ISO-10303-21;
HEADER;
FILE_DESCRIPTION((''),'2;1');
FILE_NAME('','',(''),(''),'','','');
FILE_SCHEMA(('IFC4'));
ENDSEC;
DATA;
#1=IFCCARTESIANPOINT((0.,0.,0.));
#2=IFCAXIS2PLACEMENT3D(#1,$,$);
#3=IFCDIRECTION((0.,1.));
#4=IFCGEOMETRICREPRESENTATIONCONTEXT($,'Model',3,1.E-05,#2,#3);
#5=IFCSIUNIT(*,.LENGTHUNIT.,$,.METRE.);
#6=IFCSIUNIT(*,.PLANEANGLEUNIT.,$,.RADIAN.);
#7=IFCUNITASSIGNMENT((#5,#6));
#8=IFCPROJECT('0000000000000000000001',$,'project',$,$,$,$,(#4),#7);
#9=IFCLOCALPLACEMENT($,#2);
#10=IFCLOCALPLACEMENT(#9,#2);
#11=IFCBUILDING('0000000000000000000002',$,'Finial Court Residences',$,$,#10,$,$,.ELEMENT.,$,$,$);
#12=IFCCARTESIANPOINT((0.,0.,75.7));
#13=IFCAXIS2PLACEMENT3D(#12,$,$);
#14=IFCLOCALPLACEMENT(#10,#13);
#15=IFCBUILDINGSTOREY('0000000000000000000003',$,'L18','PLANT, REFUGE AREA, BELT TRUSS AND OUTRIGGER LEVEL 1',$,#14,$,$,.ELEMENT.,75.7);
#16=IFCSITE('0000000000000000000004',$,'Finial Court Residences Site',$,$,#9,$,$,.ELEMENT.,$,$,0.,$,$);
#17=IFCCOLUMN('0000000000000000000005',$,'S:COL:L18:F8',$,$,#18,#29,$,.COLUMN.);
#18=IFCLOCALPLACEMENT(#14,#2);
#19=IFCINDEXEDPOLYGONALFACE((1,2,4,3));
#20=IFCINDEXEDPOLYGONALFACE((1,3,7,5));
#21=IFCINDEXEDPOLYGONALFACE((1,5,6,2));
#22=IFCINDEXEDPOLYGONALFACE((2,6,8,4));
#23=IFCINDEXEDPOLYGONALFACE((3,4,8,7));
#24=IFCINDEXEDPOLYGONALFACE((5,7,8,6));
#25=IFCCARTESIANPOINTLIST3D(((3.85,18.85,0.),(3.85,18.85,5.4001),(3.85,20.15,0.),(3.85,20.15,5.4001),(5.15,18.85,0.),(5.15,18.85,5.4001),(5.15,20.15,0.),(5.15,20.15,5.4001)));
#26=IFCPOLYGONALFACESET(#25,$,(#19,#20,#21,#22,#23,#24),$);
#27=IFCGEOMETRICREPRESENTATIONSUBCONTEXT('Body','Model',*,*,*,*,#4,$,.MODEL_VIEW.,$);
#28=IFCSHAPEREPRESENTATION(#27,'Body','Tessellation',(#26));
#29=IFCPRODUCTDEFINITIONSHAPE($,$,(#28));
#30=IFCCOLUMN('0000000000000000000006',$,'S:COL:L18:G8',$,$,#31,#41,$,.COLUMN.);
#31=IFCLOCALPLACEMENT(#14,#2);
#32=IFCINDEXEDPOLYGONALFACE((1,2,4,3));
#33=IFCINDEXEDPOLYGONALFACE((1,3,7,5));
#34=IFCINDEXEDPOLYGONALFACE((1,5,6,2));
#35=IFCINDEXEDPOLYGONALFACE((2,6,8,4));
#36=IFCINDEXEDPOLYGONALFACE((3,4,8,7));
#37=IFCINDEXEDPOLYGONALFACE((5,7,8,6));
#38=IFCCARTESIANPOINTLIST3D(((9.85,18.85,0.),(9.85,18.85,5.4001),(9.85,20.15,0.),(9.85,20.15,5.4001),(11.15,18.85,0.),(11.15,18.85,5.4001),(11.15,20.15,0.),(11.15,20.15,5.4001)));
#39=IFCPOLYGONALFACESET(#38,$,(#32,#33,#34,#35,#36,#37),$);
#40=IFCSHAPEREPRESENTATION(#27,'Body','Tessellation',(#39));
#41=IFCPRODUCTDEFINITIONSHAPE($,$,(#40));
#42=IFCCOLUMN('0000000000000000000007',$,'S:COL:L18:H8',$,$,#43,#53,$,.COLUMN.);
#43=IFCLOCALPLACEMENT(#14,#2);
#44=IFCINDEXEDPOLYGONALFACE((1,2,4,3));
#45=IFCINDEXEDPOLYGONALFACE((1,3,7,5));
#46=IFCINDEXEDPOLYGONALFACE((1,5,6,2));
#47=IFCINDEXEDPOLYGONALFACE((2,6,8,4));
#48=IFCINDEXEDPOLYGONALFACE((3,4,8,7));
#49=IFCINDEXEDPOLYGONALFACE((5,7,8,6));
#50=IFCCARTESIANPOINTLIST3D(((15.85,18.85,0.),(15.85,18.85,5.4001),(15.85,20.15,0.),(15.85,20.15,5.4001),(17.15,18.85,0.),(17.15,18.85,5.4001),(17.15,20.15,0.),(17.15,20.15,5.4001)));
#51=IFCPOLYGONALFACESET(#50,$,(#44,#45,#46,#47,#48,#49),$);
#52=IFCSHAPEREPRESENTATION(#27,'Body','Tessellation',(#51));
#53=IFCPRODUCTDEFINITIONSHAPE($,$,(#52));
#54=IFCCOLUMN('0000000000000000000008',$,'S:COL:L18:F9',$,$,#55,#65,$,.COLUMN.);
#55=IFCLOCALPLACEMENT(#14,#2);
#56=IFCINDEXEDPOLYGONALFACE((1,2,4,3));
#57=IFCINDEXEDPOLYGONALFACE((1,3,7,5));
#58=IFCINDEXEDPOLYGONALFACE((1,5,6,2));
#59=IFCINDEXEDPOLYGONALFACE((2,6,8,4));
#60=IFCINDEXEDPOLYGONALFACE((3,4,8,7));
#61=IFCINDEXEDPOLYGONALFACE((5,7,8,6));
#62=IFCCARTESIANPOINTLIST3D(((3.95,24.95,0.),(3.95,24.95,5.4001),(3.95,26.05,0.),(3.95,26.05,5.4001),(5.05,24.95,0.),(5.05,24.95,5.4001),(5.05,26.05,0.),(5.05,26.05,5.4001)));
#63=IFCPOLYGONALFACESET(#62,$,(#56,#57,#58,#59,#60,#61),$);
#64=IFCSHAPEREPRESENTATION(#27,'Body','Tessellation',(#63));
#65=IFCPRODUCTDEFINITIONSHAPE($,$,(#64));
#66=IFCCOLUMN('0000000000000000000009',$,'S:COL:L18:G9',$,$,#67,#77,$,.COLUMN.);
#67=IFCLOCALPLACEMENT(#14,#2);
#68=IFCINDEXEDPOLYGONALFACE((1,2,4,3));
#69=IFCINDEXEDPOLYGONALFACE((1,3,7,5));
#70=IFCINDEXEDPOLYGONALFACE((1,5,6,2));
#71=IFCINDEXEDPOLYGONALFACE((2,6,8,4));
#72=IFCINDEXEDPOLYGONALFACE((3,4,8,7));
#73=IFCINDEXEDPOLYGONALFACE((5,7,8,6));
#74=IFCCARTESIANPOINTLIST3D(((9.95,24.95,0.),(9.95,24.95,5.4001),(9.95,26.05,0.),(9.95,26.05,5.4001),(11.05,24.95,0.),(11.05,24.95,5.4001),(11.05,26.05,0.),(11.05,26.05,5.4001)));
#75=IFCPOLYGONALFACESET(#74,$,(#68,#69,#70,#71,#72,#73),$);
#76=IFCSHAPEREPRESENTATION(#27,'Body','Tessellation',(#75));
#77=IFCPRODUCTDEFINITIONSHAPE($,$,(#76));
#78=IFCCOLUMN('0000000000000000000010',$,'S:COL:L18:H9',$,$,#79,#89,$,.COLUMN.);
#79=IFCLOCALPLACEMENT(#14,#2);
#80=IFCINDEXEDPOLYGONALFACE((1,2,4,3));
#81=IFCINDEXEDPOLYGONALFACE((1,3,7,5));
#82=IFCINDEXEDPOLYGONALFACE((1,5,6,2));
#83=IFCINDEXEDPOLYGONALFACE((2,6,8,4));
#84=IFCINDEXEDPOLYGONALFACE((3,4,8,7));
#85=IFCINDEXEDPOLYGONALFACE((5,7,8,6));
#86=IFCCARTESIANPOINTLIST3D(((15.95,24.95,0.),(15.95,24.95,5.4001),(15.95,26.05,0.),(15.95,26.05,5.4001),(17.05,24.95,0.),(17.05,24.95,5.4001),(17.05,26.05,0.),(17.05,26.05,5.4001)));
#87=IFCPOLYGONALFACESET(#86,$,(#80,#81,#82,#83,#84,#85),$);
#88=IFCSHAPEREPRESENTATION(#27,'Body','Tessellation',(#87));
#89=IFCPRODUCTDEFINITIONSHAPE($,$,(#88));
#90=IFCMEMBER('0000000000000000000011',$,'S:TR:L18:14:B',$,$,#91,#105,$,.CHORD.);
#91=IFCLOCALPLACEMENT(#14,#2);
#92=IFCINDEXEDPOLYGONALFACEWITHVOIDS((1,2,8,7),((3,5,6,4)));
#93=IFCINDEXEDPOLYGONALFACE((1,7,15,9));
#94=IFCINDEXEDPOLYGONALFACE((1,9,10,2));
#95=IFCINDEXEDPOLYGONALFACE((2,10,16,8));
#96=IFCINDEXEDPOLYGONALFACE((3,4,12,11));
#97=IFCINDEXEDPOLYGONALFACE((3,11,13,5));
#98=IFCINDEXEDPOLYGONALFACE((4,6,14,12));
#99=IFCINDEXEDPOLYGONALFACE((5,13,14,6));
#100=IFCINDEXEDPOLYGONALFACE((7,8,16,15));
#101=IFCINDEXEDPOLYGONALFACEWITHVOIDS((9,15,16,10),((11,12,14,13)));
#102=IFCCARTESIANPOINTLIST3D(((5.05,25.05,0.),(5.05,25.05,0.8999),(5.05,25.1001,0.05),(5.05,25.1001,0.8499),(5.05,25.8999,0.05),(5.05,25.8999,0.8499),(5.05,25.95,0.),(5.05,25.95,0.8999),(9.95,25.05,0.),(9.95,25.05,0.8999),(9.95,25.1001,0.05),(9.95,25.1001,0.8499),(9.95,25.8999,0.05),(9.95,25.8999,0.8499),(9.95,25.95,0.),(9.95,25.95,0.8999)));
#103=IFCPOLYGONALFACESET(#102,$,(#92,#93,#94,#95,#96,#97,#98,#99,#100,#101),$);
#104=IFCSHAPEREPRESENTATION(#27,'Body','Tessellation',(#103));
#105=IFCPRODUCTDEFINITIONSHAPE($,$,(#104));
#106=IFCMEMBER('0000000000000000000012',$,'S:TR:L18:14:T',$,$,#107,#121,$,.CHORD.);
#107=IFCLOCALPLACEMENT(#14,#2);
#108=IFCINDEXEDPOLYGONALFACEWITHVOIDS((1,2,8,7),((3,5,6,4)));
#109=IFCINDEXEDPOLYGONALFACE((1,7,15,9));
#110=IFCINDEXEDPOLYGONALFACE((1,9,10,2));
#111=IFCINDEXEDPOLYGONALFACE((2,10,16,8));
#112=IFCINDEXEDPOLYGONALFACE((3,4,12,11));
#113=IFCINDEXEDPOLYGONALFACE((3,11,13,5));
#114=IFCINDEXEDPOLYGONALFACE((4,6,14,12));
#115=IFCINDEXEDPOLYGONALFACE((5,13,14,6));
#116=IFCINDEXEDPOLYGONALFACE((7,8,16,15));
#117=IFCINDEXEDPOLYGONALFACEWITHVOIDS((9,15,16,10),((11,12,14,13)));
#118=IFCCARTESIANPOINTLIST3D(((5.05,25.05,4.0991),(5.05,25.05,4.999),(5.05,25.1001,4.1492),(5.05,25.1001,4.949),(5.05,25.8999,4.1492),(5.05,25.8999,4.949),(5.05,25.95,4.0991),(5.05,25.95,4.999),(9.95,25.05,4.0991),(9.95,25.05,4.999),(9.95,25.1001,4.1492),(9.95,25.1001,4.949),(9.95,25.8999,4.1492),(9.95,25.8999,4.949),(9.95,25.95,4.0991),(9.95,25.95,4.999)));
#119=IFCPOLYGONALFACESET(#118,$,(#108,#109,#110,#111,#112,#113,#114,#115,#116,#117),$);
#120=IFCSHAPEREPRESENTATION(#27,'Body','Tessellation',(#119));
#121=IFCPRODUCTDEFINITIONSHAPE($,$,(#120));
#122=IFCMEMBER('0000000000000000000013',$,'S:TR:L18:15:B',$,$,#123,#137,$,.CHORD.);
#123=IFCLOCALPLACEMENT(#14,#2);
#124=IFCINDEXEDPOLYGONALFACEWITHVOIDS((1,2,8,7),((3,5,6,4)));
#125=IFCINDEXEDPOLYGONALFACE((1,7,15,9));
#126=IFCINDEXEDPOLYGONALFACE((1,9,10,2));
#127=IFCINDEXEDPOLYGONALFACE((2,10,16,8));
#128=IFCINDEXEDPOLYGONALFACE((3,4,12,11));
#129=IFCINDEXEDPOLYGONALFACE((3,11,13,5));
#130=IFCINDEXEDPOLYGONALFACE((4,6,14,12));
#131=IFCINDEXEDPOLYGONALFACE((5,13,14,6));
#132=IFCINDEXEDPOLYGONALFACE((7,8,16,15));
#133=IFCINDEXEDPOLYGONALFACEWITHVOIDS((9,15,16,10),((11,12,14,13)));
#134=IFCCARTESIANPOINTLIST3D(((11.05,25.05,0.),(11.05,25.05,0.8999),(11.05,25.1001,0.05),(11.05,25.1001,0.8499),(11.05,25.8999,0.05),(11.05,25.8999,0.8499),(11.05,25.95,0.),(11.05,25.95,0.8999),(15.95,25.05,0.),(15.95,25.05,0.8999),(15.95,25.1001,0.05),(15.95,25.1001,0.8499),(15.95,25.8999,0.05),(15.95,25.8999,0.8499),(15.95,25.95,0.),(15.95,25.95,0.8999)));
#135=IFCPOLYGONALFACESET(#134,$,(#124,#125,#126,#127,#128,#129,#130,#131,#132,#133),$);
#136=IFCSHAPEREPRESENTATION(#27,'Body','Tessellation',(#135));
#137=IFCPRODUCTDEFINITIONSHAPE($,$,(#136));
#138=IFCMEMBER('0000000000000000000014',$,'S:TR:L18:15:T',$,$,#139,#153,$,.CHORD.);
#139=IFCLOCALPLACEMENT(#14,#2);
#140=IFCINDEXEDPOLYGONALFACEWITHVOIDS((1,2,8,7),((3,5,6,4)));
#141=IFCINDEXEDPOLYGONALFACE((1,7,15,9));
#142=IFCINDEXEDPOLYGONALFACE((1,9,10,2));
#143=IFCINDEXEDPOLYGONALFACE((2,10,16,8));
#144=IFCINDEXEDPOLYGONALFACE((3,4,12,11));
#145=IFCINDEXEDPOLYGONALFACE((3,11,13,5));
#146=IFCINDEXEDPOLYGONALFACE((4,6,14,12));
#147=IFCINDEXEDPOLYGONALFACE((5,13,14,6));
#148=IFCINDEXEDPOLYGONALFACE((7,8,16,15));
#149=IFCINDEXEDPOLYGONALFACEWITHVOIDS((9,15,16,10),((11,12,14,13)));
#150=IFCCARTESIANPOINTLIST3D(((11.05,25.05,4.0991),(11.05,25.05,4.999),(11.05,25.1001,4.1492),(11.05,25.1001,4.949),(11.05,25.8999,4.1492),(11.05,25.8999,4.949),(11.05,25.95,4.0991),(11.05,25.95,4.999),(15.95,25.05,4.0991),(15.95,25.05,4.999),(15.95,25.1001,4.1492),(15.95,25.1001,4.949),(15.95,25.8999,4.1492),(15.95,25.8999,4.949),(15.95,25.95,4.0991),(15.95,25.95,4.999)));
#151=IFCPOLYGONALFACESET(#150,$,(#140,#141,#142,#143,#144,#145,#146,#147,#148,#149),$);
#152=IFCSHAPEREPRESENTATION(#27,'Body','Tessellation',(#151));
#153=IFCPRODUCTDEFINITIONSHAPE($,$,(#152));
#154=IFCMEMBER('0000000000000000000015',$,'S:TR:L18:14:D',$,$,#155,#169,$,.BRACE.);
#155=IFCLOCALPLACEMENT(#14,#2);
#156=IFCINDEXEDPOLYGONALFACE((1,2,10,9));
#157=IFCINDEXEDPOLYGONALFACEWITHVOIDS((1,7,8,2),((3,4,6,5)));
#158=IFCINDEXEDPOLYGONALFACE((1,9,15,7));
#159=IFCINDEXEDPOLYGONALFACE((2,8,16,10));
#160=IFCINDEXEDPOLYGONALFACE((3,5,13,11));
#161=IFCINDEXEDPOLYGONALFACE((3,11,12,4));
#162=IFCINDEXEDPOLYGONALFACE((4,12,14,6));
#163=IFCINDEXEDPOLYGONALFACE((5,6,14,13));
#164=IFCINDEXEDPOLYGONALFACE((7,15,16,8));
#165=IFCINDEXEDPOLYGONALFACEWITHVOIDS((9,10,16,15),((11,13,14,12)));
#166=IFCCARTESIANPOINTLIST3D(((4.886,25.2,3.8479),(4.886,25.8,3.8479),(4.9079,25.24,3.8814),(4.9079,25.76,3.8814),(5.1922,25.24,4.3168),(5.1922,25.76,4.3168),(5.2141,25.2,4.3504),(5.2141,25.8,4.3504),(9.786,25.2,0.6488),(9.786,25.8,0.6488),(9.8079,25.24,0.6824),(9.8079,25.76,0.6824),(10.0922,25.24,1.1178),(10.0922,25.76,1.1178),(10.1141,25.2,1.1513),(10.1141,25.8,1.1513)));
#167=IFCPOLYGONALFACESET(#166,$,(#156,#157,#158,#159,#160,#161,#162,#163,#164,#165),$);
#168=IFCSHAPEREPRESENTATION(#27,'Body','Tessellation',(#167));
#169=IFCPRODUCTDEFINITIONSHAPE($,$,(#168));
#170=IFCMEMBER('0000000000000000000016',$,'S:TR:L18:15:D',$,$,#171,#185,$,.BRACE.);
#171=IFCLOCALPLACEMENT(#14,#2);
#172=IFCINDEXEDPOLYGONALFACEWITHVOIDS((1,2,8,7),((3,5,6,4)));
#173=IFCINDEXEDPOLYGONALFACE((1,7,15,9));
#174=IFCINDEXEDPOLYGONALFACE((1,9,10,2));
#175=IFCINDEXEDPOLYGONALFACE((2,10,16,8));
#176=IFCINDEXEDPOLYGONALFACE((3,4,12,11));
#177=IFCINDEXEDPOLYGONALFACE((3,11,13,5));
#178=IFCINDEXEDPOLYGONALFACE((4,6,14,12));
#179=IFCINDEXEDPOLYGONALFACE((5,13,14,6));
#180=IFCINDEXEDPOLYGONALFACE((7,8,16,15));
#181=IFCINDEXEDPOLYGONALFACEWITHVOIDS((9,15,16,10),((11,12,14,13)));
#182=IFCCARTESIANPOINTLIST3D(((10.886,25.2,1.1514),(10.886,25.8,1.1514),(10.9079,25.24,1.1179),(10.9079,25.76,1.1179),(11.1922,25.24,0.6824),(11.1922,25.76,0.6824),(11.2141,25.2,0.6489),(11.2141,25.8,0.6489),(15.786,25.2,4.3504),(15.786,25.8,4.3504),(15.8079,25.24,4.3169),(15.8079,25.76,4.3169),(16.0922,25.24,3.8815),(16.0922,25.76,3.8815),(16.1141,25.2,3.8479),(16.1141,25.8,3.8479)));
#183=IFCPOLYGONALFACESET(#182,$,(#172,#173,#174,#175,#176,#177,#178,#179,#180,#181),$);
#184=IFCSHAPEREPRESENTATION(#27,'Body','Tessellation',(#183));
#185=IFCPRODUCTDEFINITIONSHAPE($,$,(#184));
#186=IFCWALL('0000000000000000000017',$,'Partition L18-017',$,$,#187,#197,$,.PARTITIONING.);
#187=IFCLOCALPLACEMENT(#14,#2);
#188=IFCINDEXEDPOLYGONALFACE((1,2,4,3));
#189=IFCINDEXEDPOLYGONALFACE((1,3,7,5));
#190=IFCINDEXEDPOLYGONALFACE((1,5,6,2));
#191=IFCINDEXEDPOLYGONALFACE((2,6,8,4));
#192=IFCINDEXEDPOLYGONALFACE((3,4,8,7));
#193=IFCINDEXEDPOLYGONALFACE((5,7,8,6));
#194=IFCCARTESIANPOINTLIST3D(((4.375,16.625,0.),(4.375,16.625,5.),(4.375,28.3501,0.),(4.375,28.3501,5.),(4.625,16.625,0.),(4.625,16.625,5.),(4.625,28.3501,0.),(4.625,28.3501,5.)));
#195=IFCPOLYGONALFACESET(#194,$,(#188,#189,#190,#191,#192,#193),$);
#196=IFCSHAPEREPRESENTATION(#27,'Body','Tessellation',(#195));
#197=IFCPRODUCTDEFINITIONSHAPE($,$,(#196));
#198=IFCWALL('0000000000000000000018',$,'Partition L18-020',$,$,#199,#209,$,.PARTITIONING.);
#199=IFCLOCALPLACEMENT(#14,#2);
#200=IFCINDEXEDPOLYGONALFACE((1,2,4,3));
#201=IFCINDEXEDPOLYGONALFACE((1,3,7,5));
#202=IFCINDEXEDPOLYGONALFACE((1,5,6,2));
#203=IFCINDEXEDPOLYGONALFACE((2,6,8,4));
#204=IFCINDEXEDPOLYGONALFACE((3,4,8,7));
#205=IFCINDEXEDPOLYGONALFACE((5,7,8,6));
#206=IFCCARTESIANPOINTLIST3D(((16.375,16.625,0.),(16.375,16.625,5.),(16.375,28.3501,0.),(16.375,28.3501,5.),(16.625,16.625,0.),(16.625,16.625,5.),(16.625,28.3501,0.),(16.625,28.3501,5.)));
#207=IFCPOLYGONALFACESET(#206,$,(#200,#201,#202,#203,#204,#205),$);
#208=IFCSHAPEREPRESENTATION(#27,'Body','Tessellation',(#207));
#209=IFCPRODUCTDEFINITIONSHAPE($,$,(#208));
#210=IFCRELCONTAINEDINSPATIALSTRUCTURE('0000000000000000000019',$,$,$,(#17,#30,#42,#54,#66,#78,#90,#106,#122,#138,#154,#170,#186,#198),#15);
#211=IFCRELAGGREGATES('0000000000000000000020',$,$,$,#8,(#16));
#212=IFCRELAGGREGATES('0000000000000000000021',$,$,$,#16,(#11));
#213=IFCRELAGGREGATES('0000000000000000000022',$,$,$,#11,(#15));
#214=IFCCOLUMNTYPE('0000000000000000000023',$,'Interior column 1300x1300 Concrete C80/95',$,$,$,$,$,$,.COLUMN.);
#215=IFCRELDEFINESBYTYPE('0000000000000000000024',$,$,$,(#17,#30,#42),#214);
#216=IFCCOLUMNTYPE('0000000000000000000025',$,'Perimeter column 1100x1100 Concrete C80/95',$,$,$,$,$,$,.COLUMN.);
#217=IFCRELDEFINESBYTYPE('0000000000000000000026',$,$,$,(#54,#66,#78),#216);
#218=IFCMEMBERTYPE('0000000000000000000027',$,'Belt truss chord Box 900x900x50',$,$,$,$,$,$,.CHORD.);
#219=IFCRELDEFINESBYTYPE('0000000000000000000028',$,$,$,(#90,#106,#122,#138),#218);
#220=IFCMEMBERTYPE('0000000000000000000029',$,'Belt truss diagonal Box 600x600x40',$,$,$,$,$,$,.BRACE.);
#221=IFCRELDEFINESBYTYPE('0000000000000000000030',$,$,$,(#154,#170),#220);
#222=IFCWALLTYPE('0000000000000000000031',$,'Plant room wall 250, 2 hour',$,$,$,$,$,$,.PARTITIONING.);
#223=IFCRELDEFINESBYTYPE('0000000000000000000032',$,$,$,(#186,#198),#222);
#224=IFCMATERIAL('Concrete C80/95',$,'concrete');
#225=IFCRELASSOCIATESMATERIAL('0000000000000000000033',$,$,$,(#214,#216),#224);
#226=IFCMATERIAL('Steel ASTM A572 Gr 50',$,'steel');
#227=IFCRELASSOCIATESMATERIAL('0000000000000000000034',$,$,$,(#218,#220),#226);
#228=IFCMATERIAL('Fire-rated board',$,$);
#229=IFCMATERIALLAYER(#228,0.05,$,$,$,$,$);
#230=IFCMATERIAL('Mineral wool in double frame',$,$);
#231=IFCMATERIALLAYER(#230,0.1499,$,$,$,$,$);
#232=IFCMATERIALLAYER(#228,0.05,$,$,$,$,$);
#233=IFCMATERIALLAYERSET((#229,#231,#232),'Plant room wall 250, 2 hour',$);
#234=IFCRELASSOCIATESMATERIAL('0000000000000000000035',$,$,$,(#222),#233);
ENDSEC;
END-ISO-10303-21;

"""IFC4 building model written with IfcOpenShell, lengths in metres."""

from ifc_helpers import new_model, si_unit, direction, frame, frame_2d, origin, origin_2d, place, context, subcontext, project, spatial, rectangle, hollow_rectangle, extrude, material, layer, layer_set, material_profile, profile_set, type_object, element, save


model = new_model("IFC4")

# Units and contexts
model_context = context("Model", 3, precision=1e-05, world=origin(), true_north=direction((0.0, 1.0)))
body_context = subcontext(model_context, "Body", "Model", "MODEL_VIEW")
ifc_project = project(units=[si_unit("LENGTHUNIT", "METRE"), si_unit("PLANEANGLEUNIT", "RADIAN")], contexts=[model_context])

# Site, building, storey
site_placement = place(None, origin())
site = spatial("IfcSite", under=ifc_project, at=site_placement, Name="Finial Court Residences Site", CompositionType="ELEMENT", RefElevation=0.0)
building_placement = place(site_placement, origin())
building = spatial("IfcBuilding", under=site, at=building_placement, Name="Finial Court Residences", CompositionType="ELEMENT")
storey_placement = place(building_placement, frame((0.0, 0.0, 75.7)))
storey = spatial("IfcBuildingStorey", under=building, at=storey_placement, Name="L18", Description="PLANT, REFUGE AREA, BELT TRUSS AND OUTRIGGER LEVEL 1", CompositionType="ELEMENT", Elevation=75.7)

# Columns
ifc_material_1 = material(Name="Concrete C80/95", Category="concrete")
ifc_material_profile_1 = material_profile(ifc_material_1, rectangle(XDim=1.3, YDim=1.3, at=origin_2d()), Name="1300x1300")
ifc_profile_set_1 = profile_set([ifc_material_profile_1], Name="Concrete C80/95")
column_type_1 = type_object("IfcColumnType", Name="Interior column 1300x1300 Concrete C80/95", PredefinedType="COLUMN", material=ifc_profile_set_1)
for number, where, z_axis, x_axis, name in (
    (1, (4.5, 19.5, 0.0), (0.0, 0.0, 1.0), (1.0, 0.0, 0.0), "S:COL:L18:F8"),
    (2, (10.5, 19.5, 0.0), (0.0, 0.0, 1.0), (1.0, 0.0, 0.0), "S:COL:L18:G8"),
    (3, (16.5, 19.5, 0.0), (0.0, 0.0, 1.0), (1.0, 0.0, 0.0), "S:COL:L18:H8"),
):
    element("IfcColumn", number, at=place(storey_placement, frame(where, z_axis=z_axis, x_axis=x_axis)), inside=storey, type_object=column_type_1, Name=name, PredefinedType="COLUMN", context=body_context, shape_type="SweptSolid", body=[
        extrude(rectangle(XDim=1.3, YDim=1.3, at=origin_2d()), origin(), (0.0, 0.0, 1.0), 5.4001),
    ])
ifc_material_profile_2 = material_profile(ifc_material_1, rectangle(XDim=1.1001, YDim=1.1001, at=origin_2d()), Name="1100x1100")
ifc_profile_set_2 = profile_set([ifc_material_profile_2], Name="Concrete C80/95")
column_type_2 = type_object("IfcColumnType", Name="Perimeter column 1100x1100 Concrete C80/95", PredefinedType="COLUMN", material=ifc_profile_set_2)
for number, where, z_axis, x_axis, name in (
    (4, (4.5, 25.5, 0.0), (0.0, 0.0, 1.0), (1.0, 0.0, 0.0), "S:COL:L18:F9"),
    (5, (10.5, 25.5, 0.0), (0.0, 0.0, 1.0), (1.0, 0.0, 0.0), "S:COL:L18:G9"),
    (6, (16.5, 25.5, 0.0), (0.0, 0.0, 1.0), (1.0, 0.0, 0.0), "S:COL:L18:H9"),
):
    element("IfcColumn", number, at=place(storey_placement, frame(where, z_axis=z_axis, x_axis=x_axis)), inside=storey, type_object=column_type_2, Name=name, PredefinedType="COLUMN", context=body_context, shape_type="SweptSolid", body=[
        extrude(rectangle(XDim=1.1001, YDim=1.1001, at=origin_2d()), origin(), (0.0, 0.0, 1.0), 5.4001),
    ])

# Members
ifc_material_2 = material(Name="Steel ASTM A572 Gr 50", Category="steel")
ifc_material_profile_3 = material_profile(ifc_material_2, hollow_rectangle(XDim=0.8999, YDim=0.8999, WallThickness=0.05, at=origin_2d()), Name="Box 900x900x50")
ifc_profile_set_3 = profile_set([ifc_material_profile_3], Name="Steel ASTM A572 Gr 50")
member_type_1 = type_object("IfcMemberType", Name="Belt truss chord Box 900x900x50", PredefinedType="CHORD", material=ifc_profile_set_3)
for number, where, z_axis, x_axis, name in (
    (7, (5.05, 25.5, 0.45), (1.0, 0.0, 0.0), (0.0, 1.0, 0.0), "S:TR:L18:14:B"),
    (8, (5.05, 25.5, 4.5491), (1.0, 0.0, 0.0), (0.0, 1.0, 0.0), "S:TR:L18:14:T"),
    (9, (11.05, 25.5, 0.45), (1.0, 0.0, 0.0), (0.0, 1.0, 0.0), "S:TR:L18:15:B"),
    (10, (11.05, 25.5, 4.5491), (1.0, 0.0, 0.0), (0.0, 1.0, 0.0), "S:TR:L18:15:T"),
):
    element("IfcMember", number, at=place(storey_placement, frame(where, z_axis=z_axis, x_axis=x_axis)), inside=storey, type_object=member_type_1, Name=name, PredefinedType="CHORD", context=body_context, shape_type="SweptSolid", body=[
        extrude(hollow_rectangle(XDim=0.8999, YDim=0.8999, WallThickness=0.05, at=origin_2d()), origin(), (0.0, 0.0, 1.0), 4.8999),
    ])
ifc_material_profile_4 = material_profile(ifc_material_2, hollow_rectangle(XDim=0.6001, YDim=0.6001, WallThickness=0.04, at=origin_2d()), Name="Box 600x600x40")
ifc_profile_set_4 = profile_set([ifc_material_profile_4], Name="Steel ASTM A572 Gr 50")
member_type_2 = type_object("IfcMemberType", Name="Belt truss diagonal Box 600x600x40", PredefinedType="BRACE", material=ifc_profile_set_4)
for number, where, z_axis, x_axis, name in (
    (11, (5.05, 25.5, 4.0991), (0.837346, 0.0, -0.546674), (0.0, 1.0, 0.0), "S:TR:L18:14:D"),
    (12, (11.05, 25.5, 0.9001), (0.837346, 0.0, 0.546674), (0.0, 1.0, 0.0), "S:TR:L18:15:D"),
):
    element("IfcMember", number, at=place(storey_placement, frame(where, z_axis=z_axis, x_axis=x_axis)), inside=storey, type_object=member_type_2, Name=name, PredefinedType="BRACE", context=body_context, shape_type="SweptSolid", body=[
        extrude(hollow_rectangle(XDim=0.6001, YDim=0.6001, WallThickness=0.04, at=origin_2d()), origin(), (0.0, 0.0, 1.0), 5.8518),
    ])

# Walls
ifc_material_3 = material(Name="Fire-rated board")
ifc_layer_1 = layer(ifc_material_3, 0.05)
ifc_material_4 = material(Name="Mineral wool in double frame")
ifc_layer_2 = layer(ifc_material_4, 0.1499)
ifc_layer_3 = layer(ifc_material_3, 0.05)
ifc_layer_set = layer_set([ifc_layer_1, ifc_layer_2, ifc_layer_3], Name="Plant room wall 250, 2 hour")
wall_type = type_object("IfcWallType", Name="Plant room wall 250, 2 hour", PredefinedType="PARTITIONING", material=ifc_layer_set)
for number, where, z_axis, x_axis, name in (
    (13, (4.5, 16.625, 0.0), (0.0, 0.0, 1.0), (0.0, 1.0, 0.0), "Partition L18-017"),
    (14, (16.5, 16.625, 0.0), (0.0, 0.0, 1.0), (0.0, 1.0, 0.0), "Partition L18-020"),
):
    element("IfcWall", number, at=place(storey_placement, frame(where, z_axis=z_axis, x_axis=x_axis)), inside=storey, type_object=wall_type, Name=name, PredefinedType="PARTITIONING", context=body_context, shape_type="SweptSolid", body=[
        extrude(rectangle(XDim=11.7251, YDim=0.25, at=frame_2d((5.8625, 0.0))), origin(), (0.0, 0.0, 1.0), 5.0),
    ])

save(model, "model.ifc")
